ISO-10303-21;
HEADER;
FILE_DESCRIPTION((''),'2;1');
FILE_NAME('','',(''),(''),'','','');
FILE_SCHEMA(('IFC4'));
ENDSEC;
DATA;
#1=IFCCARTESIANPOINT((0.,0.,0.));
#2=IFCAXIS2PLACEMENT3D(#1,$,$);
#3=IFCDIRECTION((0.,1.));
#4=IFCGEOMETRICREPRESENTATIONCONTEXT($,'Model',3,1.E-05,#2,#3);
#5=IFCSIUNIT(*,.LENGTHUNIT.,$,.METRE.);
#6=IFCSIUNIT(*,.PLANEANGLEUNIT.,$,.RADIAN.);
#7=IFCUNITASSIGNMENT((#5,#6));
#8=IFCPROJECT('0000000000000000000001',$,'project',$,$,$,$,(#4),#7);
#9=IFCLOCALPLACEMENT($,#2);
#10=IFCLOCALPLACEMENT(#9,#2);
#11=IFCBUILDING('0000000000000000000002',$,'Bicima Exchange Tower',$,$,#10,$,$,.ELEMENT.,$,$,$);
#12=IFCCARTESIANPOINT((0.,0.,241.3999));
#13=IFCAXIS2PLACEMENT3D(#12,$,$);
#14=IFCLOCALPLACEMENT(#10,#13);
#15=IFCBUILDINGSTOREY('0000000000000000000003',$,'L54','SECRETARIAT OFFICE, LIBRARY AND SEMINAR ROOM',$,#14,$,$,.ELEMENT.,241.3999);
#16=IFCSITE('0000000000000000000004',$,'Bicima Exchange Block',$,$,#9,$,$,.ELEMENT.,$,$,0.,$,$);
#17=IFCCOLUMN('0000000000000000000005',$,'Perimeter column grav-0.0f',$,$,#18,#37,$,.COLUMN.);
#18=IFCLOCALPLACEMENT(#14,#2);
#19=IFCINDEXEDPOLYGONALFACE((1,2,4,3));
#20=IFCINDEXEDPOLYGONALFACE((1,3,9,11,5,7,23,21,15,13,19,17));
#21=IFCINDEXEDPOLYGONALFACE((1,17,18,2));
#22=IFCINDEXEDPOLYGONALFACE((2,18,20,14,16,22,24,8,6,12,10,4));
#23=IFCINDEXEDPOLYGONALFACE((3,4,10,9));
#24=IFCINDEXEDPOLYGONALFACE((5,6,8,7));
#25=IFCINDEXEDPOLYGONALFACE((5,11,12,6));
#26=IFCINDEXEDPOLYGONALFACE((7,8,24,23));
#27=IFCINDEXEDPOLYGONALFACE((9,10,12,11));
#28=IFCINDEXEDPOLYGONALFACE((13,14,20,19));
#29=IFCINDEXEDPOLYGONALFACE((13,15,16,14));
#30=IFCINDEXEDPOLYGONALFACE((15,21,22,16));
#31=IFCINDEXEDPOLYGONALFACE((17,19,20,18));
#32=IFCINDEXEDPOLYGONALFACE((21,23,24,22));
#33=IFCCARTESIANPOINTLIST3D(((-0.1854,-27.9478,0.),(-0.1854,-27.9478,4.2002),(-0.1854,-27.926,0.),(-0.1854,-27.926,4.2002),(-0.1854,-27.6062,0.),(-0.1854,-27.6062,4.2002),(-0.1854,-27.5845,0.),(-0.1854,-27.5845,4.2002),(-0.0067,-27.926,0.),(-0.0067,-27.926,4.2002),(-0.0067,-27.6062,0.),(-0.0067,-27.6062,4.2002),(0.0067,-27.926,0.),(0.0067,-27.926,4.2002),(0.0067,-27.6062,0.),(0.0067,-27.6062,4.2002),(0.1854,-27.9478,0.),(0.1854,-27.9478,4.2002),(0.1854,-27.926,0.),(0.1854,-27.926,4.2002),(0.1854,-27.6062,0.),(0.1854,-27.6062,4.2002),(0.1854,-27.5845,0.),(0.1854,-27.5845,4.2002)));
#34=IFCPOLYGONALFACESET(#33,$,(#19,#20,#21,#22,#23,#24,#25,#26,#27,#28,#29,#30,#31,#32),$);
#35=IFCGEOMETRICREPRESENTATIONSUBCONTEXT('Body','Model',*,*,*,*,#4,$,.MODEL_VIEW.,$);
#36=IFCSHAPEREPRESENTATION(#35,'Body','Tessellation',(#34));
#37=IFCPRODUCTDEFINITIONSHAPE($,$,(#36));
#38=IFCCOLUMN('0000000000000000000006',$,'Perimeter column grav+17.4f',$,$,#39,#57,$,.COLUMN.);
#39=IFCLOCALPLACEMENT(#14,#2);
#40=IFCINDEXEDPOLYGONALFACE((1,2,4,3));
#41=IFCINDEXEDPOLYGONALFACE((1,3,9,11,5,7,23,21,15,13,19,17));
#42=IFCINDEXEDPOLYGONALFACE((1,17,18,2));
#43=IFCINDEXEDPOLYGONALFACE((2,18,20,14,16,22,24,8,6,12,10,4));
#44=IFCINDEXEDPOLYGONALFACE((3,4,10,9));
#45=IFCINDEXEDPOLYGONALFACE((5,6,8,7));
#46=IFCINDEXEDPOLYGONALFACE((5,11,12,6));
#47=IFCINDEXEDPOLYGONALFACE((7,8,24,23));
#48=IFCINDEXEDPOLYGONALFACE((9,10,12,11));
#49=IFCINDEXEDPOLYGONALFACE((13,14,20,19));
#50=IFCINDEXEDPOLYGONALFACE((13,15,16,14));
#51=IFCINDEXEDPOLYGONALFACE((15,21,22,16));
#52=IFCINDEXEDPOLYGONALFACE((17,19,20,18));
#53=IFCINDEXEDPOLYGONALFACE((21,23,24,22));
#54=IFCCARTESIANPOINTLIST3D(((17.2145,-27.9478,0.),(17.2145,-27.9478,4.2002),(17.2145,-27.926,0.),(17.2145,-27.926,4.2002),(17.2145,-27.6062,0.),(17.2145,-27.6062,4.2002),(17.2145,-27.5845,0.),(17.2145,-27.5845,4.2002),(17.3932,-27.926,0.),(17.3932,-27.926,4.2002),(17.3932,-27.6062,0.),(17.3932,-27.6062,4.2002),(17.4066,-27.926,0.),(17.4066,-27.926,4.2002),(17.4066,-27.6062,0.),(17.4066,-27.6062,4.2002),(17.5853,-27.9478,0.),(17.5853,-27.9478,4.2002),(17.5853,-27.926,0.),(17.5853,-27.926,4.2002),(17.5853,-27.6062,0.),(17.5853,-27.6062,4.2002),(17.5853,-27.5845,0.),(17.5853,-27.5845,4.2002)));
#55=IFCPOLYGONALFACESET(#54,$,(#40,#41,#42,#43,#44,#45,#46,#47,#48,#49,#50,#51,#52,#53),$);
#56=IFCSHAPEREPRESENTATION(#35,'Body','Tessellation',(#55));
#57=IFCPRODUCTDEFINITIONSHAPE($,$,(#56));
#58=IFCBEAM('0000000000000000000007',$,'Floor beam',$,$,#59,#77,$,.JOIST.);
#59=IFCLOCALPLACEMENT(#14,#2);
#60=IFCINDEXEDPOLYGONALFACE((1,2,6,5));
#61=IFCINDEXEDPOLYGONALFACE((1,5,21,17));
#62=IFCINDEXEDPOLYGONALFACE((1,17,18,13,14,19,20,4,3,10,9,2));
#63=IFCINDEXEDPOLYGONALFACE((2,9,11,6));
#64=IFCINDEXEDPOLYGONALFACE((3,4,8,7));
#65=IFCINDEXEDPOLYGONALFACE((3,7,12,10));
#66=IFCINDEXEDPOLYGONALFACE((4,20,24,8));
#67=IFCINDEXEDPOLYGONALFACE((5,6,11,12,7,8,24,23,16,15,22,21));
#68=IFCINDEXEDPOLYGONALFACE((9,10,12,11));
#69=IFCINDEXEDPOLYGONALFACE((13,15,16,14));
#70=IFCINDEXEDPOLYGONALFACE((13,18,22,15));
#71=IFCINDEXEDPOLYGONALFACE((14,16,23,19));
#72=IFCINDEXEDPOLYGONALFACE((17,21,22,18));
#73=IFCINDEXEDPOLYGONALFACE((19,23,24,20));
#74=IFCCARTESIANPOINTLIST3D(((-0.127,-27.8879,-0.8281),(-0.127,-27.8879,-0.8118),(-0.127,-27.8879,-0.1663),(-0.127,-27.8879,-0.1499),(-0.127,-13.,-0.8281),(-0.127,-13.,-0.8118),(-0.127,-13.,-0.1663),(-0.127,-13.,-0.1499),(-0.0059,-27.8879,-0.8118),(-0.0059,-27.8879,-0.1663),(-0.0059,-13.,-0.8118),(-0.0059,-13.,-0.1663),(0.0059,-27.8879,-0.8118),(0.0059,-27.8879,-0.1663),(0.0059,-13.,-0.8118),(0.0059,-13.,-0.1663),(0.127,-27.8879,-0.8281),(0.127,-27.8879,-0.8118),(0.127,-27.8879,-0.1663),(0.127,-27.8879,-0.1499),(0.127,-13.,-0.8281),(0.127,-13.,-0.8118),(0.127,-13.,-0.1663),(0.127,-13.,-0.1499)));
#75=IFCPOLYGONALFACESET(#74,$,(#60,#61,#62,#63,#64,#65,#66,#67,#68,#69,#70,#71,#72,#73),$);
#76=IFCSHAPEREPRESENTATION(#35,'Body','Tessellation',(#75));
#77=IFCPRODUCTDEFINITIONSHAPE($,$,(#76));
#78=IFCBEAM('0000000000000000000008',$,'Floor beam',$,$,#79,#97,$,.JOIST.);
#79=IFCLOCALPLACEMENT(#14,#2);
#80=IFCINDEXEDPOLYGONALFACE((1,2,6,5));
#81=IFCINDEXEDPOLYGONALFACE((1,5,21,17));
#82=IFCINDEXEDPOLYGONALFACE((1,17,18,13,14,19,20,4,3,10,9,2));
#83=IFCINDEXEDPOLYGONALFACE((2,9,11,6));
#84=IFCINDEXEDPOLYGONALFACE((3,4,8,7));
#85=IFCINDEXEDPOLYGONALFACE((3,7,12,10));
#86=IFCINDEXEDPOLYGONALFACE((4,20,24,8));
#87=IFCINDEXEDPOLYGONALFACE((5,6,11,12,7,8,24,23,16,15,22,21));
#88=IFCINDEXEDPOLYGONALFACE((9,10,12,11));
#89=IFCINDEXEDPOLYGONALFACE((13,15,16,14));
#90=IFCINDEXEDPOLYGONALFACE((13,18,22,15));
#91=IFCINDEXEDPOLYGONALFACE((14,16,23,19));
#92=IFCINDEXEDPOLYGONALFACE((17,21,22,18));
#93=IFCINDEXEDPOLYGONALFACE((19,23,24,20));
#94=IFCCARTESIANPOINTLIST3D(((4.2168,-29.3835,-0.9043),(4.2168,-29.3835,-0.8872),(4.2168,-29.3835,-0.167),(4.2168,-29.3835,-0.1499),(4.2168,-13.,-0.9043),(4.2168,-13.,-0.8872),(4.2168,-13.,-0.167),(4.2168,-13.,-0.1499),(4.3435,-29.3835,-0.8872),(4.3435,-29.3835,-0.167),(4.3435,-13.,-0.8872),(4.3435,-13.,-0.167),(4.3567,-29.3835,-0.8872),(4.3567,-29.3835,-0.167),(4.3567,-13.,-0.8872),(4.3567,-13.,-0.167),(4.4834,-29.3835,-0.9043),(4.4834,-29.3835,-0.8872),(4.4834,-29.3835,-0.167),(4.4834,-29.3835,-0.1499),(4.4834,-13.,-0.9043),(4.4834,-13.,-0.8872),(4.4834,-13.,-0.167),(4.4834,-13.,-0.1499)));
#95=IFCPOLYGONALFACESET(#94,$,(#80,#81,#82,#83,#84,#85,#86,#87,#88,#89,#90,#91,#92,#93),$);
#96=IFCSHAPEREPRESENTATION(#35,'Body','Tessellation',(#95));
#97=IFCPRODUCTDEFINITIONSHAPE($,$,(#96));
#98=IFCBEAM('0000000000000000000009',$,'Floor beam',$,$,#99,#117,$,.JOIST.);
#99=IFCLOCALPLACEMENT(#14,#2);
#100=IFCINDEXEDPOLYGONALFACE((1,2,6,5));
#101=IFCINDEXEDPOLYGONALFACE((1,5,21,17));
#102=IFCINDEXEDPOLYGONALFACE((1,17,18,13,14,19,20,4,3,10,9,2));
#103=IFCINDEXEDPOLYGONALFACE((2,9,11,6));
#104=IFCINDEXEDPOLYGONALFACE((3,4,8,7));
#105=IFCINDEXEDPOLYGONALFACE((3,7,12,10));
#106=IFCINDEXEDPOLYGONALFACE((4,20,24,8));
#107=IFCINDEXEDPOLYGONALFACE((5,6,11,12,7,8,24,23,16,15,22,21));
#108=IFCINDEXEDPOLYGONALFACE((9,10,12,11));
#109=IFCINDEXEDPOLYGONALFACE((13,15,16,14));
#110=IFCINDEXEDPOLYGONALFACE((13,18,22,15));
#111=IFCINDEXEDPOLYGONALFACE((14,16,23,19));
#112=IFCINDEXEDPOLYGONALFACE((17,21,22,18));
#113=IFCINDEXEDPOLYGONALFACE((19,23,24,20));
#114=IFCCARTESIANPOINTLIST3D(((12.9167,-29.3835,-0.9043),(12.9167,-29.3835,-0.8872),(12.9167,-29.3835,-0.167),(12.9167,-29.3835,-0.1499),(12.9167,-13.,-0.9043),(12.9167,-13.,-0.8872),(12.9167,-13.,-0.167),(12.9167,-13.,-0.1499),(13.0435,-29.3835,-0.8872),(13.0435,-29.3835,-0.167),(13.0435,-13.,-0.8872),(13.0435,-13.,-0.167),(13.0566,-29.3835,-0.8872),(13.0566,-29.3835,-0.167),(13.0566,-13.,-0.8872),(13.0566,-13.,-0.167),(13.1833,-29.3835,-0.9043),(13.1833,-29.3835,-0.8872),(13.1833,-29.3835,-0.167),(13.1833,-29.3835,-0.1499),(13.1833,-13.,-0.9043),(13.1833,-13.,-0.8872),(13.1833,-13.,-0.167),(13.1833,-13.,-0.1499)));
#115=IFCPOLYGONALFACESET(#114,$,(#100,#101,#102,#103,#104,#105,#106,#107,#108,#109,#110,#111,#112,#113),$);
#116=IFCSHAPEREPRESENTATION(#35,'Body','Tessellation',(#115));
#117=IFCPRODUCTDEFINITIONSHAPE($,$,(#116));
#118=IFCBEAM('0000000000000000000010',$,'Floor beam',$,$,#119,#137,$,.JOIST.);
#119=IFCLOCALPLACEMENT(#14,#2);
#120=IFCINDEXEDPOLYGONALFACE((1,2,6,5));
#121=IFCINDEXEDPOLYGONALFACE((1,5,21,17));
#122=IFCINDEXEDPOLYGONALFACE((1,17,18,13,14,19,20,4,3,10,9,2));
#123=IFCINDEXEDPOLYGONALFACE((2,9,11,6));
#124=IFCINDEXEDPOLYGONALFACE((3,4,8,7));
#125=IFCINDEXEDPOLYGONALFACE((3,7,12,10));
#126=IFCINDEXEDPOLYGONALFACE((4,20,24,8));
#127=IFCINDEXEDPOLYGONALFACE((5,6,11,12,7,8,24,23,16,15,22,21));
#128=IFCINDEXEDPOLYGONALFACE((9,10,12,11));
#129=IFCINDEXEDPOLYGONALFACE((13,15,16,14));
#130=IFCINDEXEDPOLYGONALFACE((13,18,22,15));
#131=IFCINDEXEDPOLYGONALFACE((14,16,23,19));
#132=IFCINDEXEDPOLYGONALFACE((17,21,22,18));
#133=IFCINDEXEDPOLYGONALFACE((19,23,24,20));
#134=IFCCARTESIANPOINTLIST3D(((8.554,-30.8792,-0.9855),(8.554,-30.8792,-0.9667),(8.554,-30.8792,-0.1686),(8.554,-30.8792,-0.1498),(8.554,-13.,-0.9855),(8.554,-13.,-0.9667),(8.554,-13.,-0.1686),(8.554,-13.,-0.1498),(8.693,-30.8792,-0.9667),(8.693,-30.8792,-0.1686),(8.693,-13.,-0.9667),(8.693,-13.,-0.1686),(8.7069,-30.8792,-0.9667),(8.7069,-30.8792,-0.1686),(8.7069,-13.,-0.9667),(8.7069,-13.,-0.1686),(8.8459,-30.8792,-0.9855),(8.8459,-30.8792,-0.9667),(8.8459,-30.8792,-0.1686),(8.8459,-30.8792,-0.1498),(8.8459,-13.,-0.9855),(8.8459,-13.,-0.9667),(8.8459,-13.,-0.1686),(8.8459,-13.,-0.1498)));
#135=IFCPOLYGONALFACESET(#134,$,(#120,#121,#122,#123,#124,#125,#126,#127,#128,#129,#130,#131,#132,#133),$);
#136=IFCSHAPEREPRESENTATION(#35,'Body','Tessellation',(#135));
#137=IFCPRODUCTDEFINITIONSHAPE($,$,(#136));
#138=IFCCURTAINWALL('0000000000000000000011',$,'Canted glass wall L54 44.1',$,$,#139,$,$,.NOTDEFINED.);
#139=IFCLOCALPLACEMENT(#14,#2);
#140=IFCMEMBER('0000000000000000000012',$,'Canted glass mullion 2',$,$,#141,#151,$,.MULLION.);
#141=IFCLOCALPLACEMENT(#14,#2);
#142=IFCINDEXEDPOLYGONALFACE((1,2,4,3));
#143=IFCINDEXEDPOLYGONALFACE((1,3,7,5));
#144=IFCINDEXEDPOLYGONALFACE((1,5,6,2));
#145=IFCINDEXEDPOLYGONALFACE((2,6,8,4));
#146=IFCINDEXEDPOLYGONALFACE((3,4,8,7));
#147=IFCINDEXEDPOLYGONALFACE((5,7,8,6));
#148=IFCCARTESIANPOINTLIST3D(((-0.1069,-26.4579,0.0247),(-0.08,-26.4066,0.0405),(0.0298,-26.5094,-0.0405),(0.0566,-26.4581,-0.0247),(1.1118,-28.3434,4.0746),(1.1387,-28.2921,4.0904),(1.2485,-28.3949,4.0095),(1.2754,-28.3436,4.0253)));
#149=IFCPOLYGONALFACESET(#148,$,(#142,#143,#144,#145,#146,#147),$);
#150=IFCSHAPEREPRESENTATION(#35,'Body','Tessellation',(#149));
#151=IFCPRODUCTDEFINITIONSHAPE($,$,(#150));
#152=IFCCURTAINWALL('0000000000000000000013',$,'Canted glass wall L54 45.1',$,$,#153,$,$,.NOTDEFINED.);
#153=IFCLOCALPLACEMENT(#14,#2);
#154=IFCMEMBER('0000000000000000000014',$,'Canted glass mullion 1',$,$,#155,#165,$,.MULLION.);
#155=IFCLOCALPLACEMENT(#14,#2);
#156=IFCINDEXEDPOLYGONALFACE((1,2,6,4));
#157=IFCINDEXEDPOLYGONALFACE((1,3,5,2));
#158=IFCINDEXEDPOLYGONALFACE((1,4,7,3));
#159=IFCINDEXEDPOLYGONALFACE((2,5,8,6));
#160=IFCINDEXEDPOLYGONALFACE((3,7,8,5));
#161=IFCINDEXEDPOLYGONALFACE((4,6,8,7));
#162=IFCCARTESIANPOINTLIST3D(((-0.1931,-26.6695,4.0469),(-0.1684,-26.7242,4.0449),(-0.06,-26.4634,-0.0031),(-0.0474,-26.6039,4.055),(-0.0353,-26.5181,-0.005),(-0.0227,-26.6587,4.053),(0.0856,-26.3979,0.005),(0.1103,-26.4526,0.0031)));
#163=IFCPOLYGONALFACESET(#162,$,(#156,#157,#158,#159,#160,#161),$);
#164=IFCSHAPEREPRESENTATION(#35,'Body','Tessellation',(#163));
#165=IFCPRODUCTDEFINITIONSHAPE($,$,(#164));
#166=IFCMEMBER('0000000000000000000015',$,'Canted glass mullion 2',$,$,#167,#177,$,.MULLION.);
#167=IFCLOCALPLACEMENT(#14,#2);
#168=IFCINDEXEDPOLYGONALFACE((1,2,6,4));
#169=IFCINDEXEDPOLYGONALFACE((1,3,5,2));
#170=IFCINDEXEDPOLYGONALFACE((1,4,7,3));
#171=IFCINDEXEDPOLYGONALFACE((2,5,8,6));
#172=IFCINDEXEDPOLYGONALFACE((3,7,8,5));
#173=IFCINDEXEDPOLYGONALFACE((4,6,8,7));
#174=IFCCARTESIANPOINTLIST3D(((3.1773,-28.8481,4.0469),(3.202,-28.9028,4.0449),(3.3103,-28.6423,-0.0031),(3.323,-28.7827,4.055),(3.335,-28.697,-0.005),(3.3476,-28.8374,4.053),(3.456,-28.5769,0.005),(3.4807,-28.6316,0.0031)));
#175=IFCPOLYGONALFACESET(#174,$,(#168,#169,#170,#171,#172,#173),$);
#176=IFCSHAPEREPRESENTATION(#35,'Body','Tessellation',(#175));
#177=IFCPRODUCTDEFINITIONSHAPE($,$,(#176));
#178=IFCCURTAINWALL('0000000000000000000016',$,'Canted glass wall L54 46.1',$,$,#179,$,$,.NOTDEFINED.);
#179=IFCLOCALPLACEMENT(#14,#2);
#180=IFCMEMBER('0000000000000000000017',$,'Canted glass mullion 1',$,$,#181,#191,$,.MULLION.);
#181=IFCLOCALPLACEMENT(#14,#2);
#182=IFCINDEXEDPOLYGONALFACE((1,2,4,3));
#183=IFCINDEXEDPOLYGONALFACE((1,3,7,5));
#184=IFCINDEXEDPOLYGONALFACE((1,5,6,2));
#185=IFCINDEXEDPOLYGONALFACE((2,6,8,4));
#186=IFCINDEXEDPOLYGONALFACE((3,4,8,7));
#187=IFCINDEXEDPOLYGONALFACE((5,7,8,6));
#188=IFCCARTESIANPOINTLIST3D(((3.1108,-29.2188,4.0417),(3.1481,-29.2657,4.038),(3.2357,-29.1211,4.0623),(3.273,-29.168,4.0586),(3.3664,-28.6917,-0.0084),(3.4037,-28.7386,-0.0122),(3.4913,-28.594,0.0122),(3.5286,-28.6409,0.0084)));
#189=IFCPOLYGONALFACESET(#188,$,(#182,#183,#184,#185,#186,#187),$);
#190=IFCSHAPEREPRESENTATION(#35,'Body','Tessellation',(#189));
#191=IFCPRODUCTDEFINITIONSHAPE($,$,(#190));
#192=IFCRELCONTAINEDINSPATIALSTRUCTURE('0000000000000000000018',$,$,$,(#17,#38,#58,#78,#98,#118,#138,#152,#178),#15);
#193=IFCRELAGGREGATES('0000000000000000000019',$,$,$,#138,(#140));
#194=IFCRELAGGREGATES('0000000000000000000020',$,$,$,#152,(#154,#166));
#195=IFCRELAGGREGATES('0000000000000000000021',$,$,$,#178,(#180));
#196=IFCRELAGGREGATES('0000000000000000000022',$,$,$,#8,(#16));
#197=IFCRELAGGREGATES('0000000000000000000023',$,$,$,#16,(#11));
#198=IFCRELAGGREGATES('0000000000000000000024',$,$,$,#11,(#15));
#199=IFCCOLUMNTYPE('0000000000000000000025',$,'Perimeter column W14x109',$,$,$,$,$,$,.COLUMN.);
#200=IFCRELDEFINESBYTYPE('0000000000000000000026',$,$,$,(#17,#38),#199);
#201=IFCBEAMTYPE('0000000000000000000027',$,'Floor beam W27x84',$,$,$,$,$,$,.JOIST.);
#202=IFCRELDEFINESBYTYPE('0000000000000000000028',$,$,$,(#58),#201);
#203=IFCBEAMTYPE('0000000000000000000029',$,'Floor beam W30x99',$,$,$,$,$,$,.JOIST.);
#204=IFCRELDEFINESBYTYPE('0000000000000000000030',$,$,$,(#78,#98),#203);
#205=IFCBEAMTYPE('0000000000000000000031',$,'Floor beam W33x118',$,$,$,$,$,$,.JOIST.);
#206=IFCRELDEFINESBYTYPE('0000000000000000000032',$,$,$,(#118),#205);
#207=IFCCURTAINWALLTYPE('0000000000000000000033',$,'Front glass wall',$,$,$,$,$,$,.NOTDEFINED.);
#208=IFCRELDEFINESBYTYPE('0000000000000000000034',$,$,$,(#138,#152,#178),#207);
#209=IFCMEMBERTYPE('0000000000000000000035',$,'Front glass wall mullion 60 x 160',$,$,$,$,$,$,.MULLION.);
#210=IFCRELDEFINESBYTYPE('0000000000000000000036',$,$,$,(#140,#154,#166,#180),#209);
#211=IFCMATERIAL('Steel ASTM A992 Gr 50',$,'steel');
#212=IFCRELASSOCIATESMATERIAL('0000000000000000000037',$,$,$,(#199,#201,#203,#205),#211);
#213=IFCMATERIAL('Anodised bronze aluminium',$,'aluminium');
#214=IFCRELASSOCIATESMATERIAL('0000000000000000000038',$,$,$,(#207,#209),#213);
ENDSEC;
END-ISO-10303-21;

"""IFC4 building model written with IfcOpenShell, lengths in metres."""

from ifc_helpers import new_model, si_unit, direction, frame, origin, origin_2d, place, context, subcontext, project, spatial, rectangle, i_section, extrude, material, material_profile, profile_set, type_object, element, aggregate, save


model = new_model("IFC4")

# Units and contexts
model_context = context("Model", 3, precision=1e-05, world=origin(), true_north=direction((0.0, 1.0)))
body_context = subcontext(model_context, "Body", "Model", "MODEL_VIEW")
ifc_project = project(units=[si_unit("LENGTHUNIT", "METRE"), si_unit("PLANEANGLEUNIT", "RADIAN")], contexts=[model_context])

# Site, building, storey
site_placement = place(None, origin())
site = spatial("IfcSite", under=ifc_project, at=site_placement, Name="Bicima Exchange Block", CompositionType="ELEMENT", RefElevation=0.0)
building_placement = place(site_placement, origin())
building = spatial("IfcBuilding", under=site, at=building_placement, Name="Bicima Exchange Tower", CompositionType="ELEMENT")
storey_placement = place(building_placement, frame((0.0, 0.0, 241.3999)))
storey = spatial("IfcBuildingStorey", under=building, at=storey_placement, Name="L54", Description="SECRETARIAT OFFICE, LIBRARY AND SEMINAR ROOM", CompositionType="ELEMENT", Elevation=241.3999)

# Columns
ifc_material_1 = material(Name="Steel ASTM A992 Gr 50", Category="steel")
ifc_material_profile_1 = material_profile(ifc_material_1, i_section(OverallWidth=0.3708, OverallDepth=0.3633, WebThickness=0.0134, FlangeThickness=0.0217, at=origin_2d()))
ifc_profile_set_1 = profile_set([ifc_material_profile_1], Name="Steel ASTM A992 Gr 50")
column_type = type_object("IfcColumnType", Name="Perimeter column W14x109", PredefinedType="COLUMN", material=ifc_profile_set_1)
for number, where, z_axis, x_axis, name in (
    (1, (0.0, -27.7661, 0.0), (0.0, 0.0, 1.0), (1.0, 0.0, 0.0), "Perimeter column grav-0.0f"),
    (2, (17.3999, -27.7661, 0.0), (0.0, 0.0, 1.0), (1.0, 0.0, 0.0), "Perimeter column grav+17.4f"),
):
    element("IfcColumn", number, at=place(storey_placement, frame(where, z_axis=z_axis, x_axis=x_axis)), inside=storey, type_object=column_type, Name=name, PredefinedType="COLUMN", context=body_context, shape_type="SweptSolid", body=[
        extrude(i_section(OverallWidth=0.3708, OverallDepth=0.3633, WebThickness=0.0134, FlangeThickness=0.0217, at=origin_2d()), origin(), (0.0, 0.0, 1.0), 4.2002),
    ])

# Beams
ifc_material_profile_2 = material_profile(ifc_material_1, i_section(OverallWidth=0.2539, OverallDepth=0.6782, WebThickness=0.0117, FlangeThickness=0.0164, at=origin_2d()))
ifc_profile_set_2 = profile_set([ifc_material_profile_2], Name="Steel ASTM A992 Gr 50")
beam_type_1 = type_object("IfcBeamType", Name="Floor beam W27x84", PredefinedType="JOIST", material=ifc_profile_set_2)
beam_1_placement = place(storey_placement, frame((0.0, -13.0, -0.489), z_axis=(0.0, -1.0, 0.0), x_axis=(1.0, 0.0, 0.0)))
element("IfcBeam", 3, at=beam_1_placement, inside=storey, type_object=beam_type_1, Name="Floor beam", PredefinedType="JOIST", context=body_context, shape_type="SweptSolid", body=[
    extrude(i_section(OverallWidth=0.2539, OverallDepth=0.6782, WebThickness=0.0117, FlangeThickness=0.0164, at=origin_2d()), origin(), (0.0, 0.0, 1.0), 14.8879),
])
ifc_material_profile_3 = material_profile(ifc_material_1, i_section(OverallWidth=0.2666, OverallDepth=0.7544, WebThickness=0.0132, FlangeThickness=0.0171, at=origin_2d()))
ifc_profile_set_3 = profile_set([ifc_material_profile_3], Name="Steel ASTM A992 Gr 50")
beam_type_2 = type_object("IfcBeamType", Name="Floor beam W30x99", PredefinedType="JOIST", material=ifc_profile_set_3)
for number, where, z_axis, x_axis, name in (
    (4, (4.3501, -13.0, -0.5271), (0.0, -1.0, 0.0), (1.0, 0.0, 0.0), "Floor beam"),
    (5, (13.05, -13.0, -0.5271), (0.0, -1.0, 0.0), (1.0, 0.0, 0.0), "Floor beam"),
):
    element("IfcBeam", number, at=place(storey_placement, frame(where, z_axis=z_axis, x_axis=x_axis)), inside=storey, type_object=beam_type_2, Name=name, PredefinedType="JOIST", context=body_context, shape_type="SweptSolid", body=[
        extrude(i_section(OverallWidth=0.2666, OverallDepth=0.7544, WebThickness=0.0132, FlangeThickness=0.0171, at=origin_2d()), origin(), (0.0, 0.0, 1.0), 16.3835),
    ])
ifc_material_profile_4 = material_profile(ifc_material_1, i_section(OverallWidth=0.292, OverallDepth=0.8357, WebThickness=0.0139, FlangeThickness=0.0188, at=origin_2d()))
ifc_profile_set_4 = profile_set([ifc_material_profile_4], Name="Steel ASTM A992 Gr 50")
beam_type_3 = type_object("IfcBeamType", Name="Floor beam W33x118", PredefinedType="JOIST", material=ifc_profile_set_4)
beam_2_placement = place(storey_placement, frame((8.7, -13.0, -0.5676), z_axis=(0.0, -1.0, 0.0), x_axis=(1.0, 0.0, 0.0)))
element("IfcBeam", 6, at=beam_2_placement, inside=storey, type_object=beam_type_3, Name="Floor beam", PredefinedType="JOIST", context=body_context, shape_type="SweptSolid", body=[
    extrude(i_section(OverallWidth=0.292, OverallDepth=0.8357, WebThickness=0.0139, FlangeThickness=0.0188, at=origin_2d()), origin(), (0.0, 0.0, 1.0), 17.8792),
])

# Curtain wall, member
ifc_material_2 = material(Name="Anodised bronze aluminium", Category="aluminium")
curtain_wall_type = type_object("IfcCurtainWallType", Name="Front glass wall", PredefinedType="NOTDEFINED", material=ifc_material_2)
curtain_wall_1_placement = place(storey_placement, origin())
curtain_wall_1 = element("IfcCurtainWall", 7, at=curtain_wall_1_placement, inside=storey, type_object=curtain_wall_type, Name="Canted glass wall L54 44.1", PredefinedType="NOTDEFINED")
ifc_material_profile_5 = material_profile(ifc_material_2, rectangle(XDim=0.1599, YDim=0.0601, at=origin_2d()))
ifc_profile_set_5 = profile_set([ifc_material_profile_5], Name="Anodised bronze aluminium")
member_type = type_object("IfcMemberType", Name="Front glass wall mullion 60 x 160", PredefinedType="MULLION", material=ifc_profile_set_5)
member_1_placement = place(storey_placement, frame((-0.0251, -26.458, 0.0), z_axis=(0.263189, -0.407174, 0.874609), x_axis=(-0.854664, 0.322137, 0.407158)))
member_1 = element("IfcMember", 8, at=member_1_placement, type_object=member_type, Name="Canted glass mullion 2", PredefinedType="MULLION", context=body_context, shape_type="SweptSolid", body=[
    extrude(rectangle(XDim=0.1599, YDim=0.0601, at=origin_2d()), origin(), (0.0, 0.0, 1.0), 4.6306),
])
aggregate(curtain_wall_1, [member_1])

# Curtain wall, members
curtain_wall_2_placement = place(storey_placement, origin())
curtain_wall_2 = element("IfcCurtainWall", 9, at=curtain_wall_2_placement, inside=storey, type_object=curtain_wall_type, Name="Canted glass wall L54 45.1", PredefinedType="NOTDEFINED")
member_2_placement = place(storey_placement, frame((0.0251, -26.458, 0.0), z_axis=(-0.032793, -0.050784, 0.998171), x_axis=(0.910807, 0.409699, 0.050767)))
member_2 = element("IfcMember", 10, at=member_2_placement, type_object=member_type, Name="Canted glass mullion 1", PredefinedType="MULLION", context=body_context, shape_type="SweptSolid", body=[
    extrude(rectangle(XDim=0.1599, YDim=0.0601, at=origin_2d()), origin(), (0.0, 0.0, 1.0), 4.0574),
])
member_3_placement = place(storey_placement, frame((3.3955, -28.637, 0.0), z_axis=(-0.032793, -0.050724, 0.998174), x_axis=(0.91103, 0.409209, 0.050725)))
member_3 = element("IfcMember", 11, at=member_3_placement, type_object=member_type, Name="Canted glass mullion 2", PredefinedType="MULLION", context=body_context, shape_type="SweptSolid", body=[
    extrude(rectangle(XDim=0.1599, YDim=0.0601, at=origin_2d()), origin(), (0.0, 0.0, 1.0), 4.0574),
])

# Curtain wall, member
curtain_wall_3_placement = place(storey_placement, origin())
curtain_wall_3 = element("IfcCurtainWall", 12, at=curtain_wall_3_placement, inside=storey, type_object=curtain_wall_type, Name="Canted glass wall L54 46.1", PredefinedType="NOTDEFINED")
member_4_placement = place(storey_placement, frame((3.4475, -28.6663, 0.0), z_axis=(-0.062464, -0.128806, 0.989701), x_axis=(0.781122, 0.610947, 0.128812)))
member_4 = element("IfcMember", 13, at=member_4_placement, type_object=member_type, Name="Canted glass mullion 1", PredefinedType="MULLION", context=body_context, shape_type="SweptSolid", body=[
    extrude(rectangle(XDim=0.1599, YDim=0.0601, at=origin_2d()), origin(), (0.0, 0.0, 1.0), 4.0923),
])

aggregate(curtain_wall_2, [member_2, member_3])
aggregate(curtain_wall_3, [member_4])

save(model, "model.ifc")
